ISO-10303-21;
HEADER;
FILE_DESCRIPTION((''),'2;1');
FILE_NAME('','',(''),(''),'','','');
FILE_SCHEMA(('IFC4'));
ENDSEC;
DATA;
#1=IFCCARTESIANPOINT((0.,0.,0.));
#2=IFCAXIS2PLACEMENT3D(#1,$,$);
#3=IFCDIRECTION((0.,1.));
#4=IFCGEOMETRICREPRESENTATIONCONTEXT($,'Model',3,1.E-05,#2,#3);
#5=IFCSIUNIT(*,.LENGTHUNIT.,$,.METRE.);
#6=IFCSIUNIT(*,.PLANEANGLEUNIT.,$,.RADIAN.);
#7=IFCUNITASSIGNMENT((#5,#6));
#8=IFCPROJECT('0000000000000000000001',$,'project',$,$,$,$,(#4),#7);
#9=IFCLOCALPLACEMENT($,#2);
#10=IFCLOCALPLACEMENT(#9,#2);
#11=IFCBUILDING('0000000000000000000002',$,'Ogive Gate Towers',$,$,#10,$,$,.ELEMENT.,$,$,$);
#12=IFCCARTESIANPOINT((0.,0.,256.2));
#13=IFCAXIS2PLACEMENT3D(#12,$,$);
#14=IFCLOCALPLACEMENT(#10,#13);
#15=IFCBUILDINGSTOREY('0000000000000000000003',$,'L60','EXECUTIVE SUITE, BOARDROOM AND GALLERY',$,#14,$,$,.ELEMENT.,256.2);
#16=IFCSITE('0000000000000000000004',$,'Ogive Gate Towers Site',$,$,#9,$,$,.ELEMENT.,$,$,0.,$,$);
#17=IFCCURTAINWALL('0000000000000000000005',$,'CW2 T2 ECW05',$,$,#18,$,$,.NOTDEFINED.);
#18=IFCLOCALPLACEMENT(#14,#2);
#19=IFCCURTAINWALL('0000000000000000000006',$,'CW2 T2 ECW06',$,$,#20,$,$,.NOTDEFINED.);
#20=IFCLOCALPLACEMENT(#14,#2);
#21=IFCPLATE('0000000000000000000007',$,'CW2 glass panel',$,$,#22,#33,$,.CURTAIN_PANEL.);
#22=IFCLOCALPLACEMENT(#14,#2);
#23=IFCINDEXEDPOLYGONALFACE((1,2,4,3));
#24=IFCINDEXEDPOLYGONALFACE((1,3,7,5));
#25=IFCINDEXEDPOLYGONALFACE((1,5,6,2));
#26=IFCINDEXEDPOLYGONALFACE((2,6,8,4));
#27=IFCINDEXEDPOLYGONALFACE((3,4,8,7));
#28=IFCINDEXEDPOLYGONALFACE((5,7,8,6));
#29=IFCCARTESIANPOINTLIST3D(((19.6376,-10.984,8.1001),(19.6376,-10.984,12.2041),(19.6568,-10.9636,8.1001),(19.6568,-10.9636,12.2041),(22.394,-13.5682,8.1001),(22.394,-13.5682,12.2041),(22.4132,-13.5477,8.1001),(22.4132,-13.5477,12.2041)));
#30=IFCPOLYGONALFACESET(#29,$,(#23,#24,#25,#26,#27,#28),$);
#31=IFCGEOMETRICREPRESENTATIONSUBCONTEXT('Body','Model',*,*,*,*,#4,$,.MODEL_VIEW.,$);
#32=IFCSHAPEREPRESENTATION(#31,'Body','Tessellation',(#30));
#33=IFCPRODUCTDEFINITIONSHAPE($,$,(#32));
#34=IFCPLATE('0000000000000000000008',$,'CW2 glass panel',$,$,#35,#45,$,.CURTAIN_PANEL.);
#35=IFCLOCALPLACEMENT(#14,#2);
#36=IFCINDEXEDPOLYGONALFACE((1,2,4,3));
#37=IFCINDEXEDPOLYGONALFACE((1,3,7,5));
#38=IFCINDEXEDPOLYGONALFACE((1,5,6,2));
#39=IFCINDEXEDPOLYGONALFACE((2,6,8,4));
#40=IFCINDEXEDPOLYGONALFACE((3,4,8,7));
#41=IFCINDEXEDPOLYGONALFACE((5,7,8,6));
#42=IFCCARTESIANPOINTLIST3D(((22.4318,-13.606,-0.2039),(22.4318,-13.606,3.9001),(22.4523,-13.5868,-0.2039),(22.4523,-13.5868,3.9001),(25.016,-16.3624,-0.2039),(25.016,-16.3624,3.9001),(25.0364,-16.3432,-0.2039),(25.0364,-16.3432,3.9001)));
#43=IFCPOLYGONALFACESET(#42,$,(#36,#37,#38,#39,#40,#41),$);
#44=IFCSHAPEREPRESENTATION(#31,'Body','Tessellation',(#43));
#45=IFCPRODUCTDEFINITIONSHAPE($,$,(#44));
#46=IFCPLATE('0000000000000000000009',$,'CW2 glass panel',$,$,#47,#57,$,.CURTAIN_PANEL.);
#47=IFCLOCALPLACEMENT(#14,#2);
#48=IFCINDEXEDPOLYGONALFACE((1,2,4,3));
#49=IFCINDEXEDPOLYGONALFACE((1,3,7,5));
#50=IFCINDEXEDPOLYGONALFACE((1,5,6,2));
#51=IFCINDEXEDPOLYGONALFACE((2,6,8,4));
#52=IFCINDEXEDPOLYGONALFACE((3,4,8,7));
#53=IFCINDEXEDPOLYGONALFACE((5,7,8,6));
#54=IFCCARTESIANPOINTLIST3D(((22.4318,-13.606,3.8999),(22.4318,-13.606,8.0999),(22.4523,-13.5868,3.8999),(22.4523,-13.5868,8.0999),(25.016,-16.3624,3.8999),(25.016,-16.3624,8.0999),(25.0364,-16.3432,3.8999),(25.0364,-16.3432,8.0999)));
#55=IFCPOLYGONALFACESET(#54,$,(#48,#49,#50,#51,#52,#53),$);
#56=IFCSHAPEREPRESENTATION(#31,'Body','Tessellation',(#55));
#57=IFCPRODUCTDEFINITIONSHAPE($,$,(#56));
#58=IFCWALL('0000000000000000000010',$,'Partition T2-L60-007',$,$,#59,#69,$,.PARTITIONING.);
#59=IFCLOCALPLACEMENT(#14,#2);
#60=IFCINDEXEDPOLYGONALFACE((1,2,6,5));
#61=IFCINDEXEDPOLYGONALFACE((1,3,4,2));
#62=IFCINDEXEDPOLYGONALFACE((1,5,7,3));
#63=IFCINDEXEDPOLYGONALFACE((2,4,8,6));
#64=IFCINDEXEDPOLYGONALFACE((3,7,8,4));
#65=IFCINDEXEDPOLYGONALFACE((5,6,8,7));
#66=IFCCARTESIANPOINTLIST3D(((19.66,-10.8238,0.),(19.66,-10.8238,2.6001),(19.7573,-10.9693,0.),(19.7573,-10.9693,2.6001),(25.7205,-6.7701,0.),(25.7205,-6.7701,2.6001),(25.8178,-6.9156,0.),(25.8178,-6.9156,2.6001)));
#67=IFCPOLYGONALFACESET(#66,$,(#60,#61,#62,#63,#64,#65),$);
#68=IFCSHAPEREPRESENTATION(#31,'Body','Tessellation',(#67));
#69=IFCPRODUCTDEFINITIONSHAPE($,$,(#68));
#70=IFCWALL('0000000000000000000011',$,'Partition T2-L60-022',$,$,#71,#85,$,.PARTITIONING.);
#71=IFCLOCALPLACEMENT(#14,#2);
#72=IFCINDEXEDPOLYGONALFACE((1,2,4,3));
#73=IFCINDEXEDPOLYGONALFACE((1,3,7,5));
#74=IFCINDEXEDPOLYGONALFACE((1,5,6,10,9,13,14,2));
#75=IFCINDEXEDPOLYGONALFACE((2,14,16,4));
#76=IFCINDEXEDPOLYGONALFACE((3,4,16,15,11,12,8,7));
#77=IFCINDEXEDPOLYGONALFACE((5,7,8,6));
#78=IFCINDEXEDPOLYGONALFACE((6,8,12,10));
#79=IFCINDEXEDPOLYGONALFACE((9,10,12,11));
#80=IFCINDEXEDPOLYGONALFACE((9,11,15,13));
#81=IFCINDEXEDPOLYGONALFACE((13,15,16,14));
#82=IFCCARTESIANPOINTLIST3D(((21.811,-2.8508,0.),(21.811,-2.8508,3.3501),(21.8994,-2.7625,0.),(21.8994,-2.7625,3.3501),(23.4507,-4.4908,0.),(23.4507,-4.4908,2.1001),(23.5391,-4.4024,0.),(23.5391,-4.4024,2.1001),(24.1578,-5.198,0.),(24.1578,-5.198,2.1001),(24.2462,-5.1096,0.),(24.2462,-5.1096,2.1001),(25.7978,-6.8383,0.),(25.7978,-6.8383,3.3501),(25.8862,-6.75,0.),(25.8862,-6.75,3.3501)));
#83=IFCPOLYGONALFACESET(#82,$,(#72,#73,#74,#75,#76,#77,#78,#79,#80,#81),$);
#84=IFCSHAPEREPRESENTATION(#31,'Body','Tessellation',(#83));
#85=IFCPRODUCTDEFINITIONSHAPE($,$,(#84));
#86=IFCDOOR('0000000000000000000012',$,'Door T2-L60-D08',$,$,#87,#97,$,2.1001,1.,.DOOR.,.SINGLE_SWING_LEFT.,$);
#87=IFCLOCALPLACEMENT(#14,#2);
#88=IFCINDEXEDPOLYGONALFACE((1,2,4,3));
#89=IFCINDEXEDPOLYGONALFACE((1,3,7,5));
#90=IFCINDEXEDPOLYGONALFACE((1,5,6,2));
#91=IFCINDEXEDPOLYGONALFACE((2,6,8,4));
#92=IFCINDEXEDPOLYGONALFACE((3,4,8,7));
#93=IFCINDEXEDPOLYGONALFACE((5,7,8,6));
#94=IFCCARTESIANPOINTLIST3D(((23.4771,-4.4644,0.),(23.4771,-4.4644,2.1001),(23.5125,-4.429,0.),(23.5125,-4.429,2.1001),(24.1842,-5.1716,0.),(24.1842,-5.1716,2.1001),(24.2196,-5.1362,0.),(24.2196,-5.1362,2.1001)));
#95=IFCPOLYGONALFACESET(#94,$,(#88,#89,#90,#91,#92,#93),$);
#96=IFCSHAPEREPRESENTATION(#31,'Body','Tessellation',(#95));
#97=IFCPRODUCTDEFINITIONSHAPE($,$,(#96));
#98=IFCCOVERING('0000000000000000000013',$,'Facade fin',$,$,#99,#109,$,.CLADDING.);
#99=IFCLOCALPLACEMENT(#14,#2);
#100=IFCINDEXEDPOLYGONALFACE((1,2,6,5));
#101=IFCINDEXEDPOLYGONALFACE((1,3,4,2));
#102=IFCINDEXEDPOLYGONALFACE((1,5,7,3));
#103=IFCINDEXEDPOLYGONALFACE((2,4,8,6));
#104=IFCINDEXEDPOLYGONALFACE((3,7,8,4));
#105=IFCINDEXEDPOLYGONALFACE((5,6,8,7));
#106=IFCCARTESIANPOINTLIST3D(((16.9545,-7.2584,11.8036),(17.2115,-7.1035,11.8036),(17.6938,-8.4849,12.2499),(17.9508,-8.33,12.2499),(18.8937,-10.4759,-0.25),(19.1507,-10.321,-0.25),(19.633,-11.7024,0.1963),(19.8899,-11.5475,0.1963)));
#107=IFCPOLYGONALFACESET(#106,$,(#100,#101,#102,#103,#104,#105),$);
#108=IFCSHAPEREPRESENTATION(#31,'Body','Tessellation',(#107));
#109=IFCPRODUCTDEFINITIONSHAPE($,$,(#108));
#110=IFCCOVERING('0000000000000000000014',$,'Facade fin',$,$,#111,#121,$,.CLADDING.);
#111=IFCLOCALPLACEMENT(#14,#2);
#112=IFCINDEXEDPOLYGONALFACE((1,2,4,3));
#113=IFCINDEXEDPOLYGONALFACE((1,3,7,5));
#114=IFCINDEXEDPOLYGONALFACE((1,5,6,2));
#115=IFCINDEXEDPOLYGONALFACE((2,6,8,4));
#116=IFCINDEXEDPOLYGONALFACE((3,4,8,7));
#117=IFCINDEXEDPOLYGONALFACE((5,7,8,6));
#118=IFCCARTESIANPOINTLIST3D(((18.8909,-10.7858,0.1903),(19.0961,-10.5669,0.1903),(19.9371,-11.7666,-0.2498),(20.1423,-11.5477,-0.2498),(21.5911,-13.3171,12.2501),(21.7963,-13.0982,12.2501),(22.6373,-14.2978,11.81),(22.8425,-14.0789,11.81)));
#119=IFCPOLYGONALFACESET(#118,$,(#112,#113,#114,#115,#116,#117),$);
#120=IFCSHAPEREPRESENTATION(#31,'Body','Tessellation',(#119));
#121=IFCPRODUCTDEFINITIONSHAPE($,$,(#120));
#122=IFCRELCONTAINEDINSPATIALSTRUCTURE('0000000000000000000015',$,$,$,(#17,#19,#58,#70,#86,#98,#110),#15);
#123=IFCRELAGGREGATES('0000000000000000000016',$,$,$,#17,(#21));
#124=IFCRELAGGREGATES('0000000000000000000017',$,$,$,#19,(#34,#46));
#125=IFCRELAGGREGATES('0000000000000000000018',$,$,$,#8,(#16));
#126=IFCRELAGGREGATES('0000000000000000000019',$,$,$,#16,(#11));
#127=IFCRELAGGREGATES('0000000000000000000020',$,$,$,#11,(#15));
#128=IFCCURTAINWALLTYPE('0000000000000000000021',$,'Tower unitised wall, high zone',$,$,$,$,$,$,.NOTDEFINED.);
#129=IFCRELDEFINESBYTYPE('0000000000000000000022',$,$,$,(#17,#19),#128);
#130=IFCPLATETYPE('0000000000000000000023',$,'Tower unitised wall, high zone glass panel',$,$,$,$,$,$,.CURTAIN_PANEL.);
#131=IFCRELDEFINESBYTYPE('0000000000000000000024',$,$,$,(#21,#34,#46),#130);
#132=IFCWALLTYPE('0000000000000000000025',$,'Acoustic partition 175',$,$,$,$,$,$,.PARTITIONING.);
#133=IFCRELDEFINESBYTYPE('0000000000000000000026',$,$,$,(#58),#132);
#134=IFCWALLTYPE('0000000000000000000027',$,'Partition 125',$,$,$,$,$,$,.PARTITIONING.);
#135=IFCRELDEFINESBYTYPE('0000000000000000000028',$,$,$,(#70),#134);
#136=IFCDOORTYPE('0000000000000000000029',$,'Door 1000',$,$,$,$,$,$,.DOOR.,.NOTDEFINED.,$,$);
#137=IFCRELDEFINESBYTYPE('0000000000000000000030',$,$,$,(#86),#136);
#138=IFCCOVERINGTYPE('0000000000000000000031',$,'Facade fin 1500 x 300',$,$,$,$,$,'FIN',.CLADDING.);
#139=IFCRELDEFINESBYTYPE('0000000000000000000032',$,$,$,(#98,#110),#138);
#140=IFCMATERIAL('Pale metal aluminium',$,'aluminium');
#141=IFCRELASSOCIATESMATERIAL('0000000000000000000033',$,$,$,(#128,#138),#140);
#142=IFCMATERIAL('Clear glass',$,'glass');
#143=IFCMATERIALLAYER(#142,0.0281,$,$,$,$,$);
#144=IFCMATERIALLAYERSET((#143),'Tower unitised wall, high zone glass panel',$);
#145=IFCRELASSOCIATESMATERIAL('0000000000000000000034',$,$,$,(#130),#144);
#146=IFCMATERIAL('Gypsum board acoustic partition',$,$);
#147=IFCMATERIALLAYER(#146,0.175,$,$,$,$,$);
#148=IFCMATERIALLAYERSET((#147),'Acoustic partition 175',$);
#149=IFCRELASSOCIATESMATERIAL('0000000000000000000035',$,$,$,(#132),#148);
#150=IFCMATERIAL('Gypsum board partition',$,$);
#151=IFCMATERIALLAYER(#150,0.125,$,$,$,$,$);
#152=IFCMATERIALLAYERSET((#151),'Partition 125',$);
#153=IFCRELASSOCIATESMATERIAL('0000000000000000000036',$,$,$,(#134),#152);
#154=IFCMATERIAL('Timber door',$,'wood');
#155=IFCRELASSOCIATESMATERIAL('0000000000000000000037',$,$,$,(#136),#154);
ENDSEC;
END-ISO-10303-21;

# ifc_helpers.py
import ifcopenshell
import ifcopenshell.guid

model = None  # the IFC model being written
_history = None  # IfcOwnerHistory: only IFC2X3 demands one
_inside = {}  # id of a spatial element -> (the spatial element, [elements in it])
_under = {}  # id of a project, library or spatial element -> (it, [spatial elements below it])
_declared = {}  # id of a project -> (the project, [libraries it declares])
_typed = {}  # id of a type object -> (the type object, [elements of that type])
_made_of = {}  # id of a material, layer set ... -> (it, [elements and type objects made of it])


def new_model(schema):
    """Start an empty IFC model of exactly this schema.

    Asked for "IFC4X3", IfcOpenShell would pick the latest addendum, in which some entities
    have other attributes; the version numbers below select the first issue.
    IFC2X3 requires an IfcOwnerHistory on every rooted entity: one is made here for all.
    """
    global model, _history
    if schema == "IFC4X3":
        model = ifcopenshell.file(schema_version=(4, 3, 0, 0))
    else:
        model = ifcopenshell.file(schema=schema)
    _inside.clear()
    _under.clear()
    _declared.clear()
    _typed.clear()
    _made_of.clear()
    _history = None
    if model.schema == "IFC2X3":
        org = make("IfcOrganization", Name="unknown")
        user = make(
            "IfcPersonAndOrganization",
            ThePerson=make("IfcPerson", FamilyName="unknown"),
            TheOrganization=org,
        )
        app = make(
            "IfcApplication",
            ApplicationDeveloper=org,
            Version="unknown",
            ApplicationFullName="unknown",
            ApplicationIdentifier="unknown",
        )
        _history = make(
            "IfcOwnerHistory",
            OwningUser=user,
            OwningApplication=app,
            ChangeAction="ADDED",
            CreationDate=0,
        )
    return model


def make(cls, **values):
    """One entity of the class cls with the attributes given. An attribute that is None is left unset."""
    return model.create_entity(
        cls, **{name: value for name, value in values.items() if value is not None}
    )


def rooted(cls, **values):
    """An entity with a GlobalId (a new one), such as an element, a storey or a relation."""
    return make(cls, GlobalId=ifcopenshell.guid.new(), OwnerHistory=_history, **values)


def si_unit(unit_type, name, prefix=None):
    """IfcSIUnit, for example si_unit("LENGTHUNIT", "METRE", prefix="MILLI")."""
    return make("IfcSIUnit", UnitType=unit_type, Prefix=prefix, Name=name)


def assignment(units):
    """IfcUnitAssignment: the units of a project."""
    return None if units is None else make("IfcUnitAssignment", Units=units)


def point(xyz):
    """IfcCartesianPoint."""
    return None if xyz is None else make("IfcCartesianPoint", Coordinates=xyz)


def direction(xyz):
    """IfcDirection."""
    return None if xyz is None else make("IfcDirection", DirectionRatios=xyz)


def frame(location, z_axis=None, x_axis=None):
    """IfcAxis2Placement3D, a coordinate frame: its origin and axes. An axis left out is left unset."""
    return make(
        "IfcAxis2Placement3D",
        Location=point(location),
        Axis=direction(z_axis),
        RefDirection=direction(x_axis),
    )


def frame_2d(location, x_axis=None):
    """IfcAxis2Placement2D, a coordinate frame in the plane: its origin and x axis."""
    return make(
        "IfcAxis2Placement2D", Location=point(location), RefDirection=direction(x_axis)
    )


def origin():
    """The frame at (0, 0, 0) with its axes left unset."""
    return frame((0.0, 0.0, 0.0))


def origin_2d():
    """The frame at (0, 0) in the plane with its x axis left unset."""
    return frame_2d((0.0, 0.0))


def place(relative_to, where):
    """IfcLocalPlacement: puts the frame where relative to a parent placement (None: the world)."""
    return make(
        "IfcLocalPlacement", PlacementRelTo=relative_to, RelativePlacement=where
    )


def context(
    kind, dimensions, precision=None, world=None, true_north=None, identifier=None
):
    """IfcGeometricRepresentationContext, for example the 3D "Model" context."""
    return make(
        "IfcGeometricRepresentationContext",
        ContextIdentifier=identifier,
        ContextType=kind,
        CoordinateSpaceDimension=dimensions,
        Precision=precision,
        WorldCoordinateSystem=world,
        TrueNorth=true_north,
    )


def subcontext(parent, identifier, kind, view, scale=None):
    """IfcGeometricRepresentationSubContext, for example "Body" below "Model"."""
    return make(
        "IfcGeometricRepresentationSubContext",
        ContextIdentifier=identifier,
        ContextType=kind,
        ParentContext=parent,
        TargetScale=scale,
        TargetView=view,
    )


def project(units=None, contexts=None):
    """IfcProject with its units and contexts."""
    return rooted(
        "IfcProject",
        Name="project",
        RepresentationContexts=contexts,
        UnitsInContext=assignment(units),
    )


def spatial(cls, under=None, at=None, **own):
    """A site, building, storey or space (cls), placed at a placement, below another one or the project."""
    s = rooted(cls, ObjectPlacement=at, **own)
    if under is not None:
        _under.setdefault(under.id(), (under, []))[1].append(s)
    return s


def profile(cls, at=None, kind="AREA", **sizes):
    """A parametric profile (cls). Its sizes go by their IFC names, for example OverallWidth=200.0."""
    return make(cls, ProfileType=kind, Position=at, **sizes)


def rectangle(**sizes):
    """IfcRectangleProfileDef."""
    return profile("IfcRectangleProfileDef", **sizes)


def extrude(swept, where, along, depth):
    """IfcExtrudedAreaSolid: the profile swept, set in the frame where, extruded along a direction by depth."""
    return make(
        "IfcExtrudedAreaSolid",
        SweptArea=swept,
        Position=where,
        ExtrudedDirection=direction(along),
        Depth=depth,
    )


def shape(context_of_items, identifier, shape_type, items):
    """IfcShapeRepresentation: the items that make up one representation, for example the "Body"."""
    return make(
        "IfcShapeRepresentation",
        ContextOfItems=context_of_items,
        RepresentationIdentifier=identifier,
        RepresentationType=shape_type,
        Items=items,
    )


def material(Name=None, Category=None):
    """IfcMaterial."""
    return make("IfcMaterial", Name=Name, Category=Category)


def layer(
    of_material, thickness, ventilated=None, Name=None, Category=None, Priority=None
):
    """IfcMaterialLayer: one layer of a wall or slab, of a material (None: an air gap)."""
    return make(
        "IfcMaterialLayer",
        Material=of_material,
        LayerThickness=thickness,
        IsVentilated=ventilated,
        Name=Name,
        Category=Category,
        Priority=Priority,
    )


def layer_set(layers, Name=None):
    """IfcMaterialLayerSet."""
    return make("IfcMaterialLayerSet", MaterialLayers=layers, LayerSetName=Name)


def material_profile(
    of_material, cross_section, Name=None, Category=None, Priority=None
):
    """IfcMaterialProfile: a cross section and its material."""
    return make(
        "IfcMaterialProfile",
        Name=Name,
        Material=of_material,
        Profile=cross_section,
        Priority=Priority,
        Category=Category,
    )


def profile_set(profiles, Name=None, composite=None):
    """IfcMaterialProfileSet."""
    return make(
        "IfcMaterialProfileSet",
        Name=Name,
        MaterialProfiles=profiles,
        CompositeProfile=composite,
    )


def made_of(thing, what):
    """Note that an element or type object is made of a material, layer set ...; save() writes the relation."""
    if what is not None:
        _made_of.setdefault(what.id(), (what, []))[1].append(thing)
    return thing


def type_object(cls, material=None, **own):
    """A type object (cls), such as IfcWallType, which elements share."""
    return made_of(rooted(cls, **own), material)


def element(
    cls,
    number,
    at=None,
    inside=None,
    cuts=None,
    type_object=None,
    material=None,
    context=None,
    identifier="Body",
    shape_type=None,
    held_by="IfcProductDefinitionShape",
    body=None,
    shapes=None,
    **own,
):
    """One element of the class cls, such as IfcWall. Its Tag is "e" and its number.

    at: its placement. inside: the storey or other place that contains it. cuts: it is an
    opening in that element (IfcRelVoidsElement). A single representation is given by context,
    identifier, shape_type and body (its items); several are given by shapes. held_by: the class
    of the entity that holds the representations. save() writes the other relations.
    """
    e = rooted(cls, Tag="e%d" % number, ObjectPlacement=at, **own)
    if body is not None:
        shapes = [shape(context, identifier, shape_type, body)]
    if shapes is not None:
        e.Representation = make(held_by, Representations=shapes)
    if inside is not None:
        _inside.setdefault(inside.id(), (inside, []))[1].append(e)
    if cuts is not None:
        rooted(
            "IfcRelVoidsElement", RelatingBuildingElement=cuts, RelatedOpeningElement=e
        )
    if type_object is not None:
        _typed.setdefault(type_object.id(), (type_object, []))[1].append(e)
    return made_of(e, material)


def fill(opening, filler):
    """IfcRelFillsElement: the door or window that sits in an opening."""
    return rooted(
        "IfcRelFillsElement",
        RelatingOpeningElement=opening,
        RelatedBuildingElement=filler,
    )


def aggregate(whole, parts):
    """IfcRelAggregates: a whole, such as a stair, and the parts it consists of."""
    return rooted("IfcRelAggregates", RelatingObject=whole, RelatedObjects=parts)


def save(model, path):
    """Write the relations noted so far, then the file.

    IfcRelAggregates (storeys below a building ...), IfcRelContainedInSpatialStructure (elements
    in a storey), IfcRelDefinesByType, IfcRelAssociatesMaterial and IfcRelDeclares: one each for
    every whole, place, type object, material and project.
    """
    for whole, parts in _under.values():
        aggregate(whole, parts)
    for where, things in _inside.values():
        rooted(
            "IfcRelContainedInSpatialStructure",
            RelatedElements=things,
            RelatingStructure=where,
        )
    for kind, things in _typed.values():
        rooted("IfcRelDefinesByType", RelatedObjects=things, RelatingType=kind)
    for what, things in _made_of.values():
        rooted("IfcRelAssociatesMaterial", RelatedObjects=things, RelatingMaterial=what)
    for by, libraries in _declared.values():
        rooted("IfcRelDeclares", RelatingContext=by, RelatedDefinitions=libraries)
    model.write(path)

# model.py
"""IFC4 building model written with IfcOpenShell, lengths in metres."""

from ifc_helpers import new_model, si_unit, direction, frame, frame_2d, origin, origin_2d, place, context, subcontext, project, spatial, rectangle, extrude, material, layer, layer_set, material_profile, profile_set, type_object, element, fill, aggregate, save


model = new_model("IFC4")

# Units and contexts
model_context = context("Model", 3, precision=1e-05, world=origin(), true_north=direction((0.0, 1.0)))
body_context = subcontext(model_context, "Body", "Model", "MODEL_VIEW")
ifc_project = project(units=[si_unit("LENGTHUNIT", "METRE"), si_unit("PLANEANGLEUNIT", "RADIAN")], contexts=[model_context])

# Site, building, storey
site_placement = place(None, origin())
site = spatial("IfcSite", under=ifc_project, at=site_placement, Name="Ogive Gate Towers Site", CompositionType="ELEMENT", RefElevation=0.0)
building_placement = place(site_placement, origin())
building = spatial("IfcBuilding", under=site, at=building_placement, Name="Ogive Gate Towers", CompositionType="ELEMENT")
storey_placement = place(building_placement, frame((0.0, 0.0, 256.2)))
storey = spatial("IfcBuildingStorey", under=building, at=storey_placement, Name="L60", Description="EXECUTIVE SUITE, BOARDROOM AND GALLERY", CompositionType="ELEMENT", Elevation=256.2)

# Curtain walls
ifc_material_1 = material(Name="Pale metal aluminium", Category="aluminium")
curtain_wall_type = type_object("IfcCurtainWallType", Name="Tower unitised wall, high zone", PredefinedType="NOTDEFINED", material=ifc_material_1)
curtain_wall_1_placement = place(storey_placement, origin())
curtain_wall_1 = element("IfcCurtainWall", 1, at=curtain_wall_1_placement, inside=storey, type_object=curtain_wall_type, Name="CW2 T2 ECW05", PredefinedType="NOTDEFINED")
curtain_wall_2_placement = place(storey_placement, origin())
curtain_wall_2 = element("IfcCurtainWall", 2, at=curtain_wall_2_placement, inside=storey, type_object=curtain_wall_type, Name="CW2 T2 ECW06", PredefinedType="NOTDEFINED")

# Plates
ifc_material_2 = material(Name="Clear glass", Category="glass")
ifc_layer_1 = layer(ifc_material_2, 0.0281)
ifc_layer_set_1 = layer_set([ifc_layer_1], Name="Tower unitised wall, high zone glass panel")
plate_type = type_object("IfcPlateType", Name="Tower unitised wall, high zone glass panel", PredefinedType="CURTAIN_PANEL", material=ifc_layer_set_1)
plate_1_placement = place(storey_placement, frame((21.0254, -12.2659, 8.1001), z_axis=(0.0, 0.0, 1.0), x_axis=(0.729542, -0.683936, 0.0)))
plate_1 = element("IfcPlate", 3, at=plate_1_placement, type_object=plate_type, Name="CW2 glass panel", PredefinedType="CURTAIN_PANEL", context=body_context, shape_type="SweptSolid", body=[
    extrude(rectangle(XDim=3.7783, YDim=0.0281, at=origin_2d()), origin(), (0.0, 0.0, 1.0), 4.104),
])
aggregate(curtain_wall_1, [plate_1])
plate_2_placement = place(storey_placement, frame((23.7341, -14.9746, -0.2039), z_axis=(0.0, 0.0, 1.0), x_axis=(0.683936, -0.729542, 0.0)))
plate_2 = element("IfcPlate", 4, at=plate_2_placement, type_object=plate_type, Name="CW2 glass panel", PredefinedType="CURTAIN_PANEL", context=body_context, shape_type="SweptSolid", body=[
    extrude(rectangle(XDim=3.7783, YDim=0.0281, at=origin_2d()), origin(), (0.0, 0.0, 1.0), 4.104),
])
plate_3_placement = place(storey_placement, frame((23.7341, -14.9746, 3.8999), z_axis=(0.0, 0.0, 1.0), x_axis=(0.683936, -0.729542, 0.0)))
plate_3 = element("IfcPlate", 5, at=plate_3_placement, type_object=plate_type, Name="CW2 glass panel", PredefinedType="CURTAIN_PANEL", context=body_context, shape_type="SweptSolid", body=[
    extrude(rectangle(XDim=3.7783, YDim=0.0281, at=origin_2d()), origin(), (0.0, 0.0, 1.0), 4.2),
])
aggregate(curtain_wall_2, [plate_2, plate_3])

# Wall
ifc_material_3 = material(Name="Gypsum board acoustic partition")
ifc_layer_2 = layer(ifc_material_3, 0.175)
ifc_layer_set_2 = layer_set([ifc_layer_2], Name="Acoustic partition 175")
wall_type_1 = type_object("IfcWallType", Name="Acoustic partition 175", PredefinedType="PARTITIONING", material=ifc_layer_set_2)
wall_1_placement = place(storey_placement, frame((19.7087, -10.8965, 0.0), z_axis=(0.0, 0.0, 1.0), x_axis=(0.831205, 0.555967, 0.0)))
element("IfcWall", 6, at=wall_1_placement, inside=storey, type_object=wall_type_1, Name="Partition T2-L60-007", PredefinedType="PARTITIONING", context=body_context, shape_type="SweptSolid", body=[
    extrude(rectangle(XDim=7.2913, YDim=0.175, at=frame_2d((3.6455, 0.0))), origin(), (0.0, 0.0, 1.0), 2.6001),
])

# Wall, opening, door
ifc_material_4 = material(Name="Gypsum board partition")
ifc_layer_3 = layer(ifc_material_4, 0.125)
ifc_layer_set_3 = layer_set([ifc_layer_3], Name="Partition 125")
wall_type_2 = type_object("IfcWallType", Name="Partition 125", PredefinedType="PARTITIONING", material=ifc_layer_set_3)
wall_2_placement = place(storey_placement, frame((21.8552, -2.8066, 0.0), z_axis=(0.0, 0.0, 1.0), x_axis=(0.707042, -0.707172, 0.0)))
wall_2 = element("IfcWall", 7, at=wall_2_placement, inside=storey, type_object=wall_type_2, Name="Partition T2-L60-022", PredefinedType="PARTITIONING", context=body_context, shape_type="SweptSolid", body=[
    extrude(rectangle(XDim=5.6387, YDim=0.125, at=frame_2d((2.8193, 0.0))), origin(), (0.0, 0.0, 1.0), 3.3501),
])
opening_placement = place(wall_2_placement, frame((2.3191, 0.0, 0.0)))
opening = element("IfcOpeningElement", 8, at=opening_placement, cuts=wall_2, PredefinedType="OPENING", context=body_context, shape_type="SweptSolid", body=[
    extrude(rectangle(XDim=1.0, YDim=2.1001, at=frame_2d((0.5, 1.05))), frame((0.0, 0.0725, 0.0), z_axis=(0.0, -1.0, 0.0), x_axis=(1.0, 0.0, 0.0)), (0.0, 0.0, 1.0), 0.145),
])
ifc_material_5 = material(Name="Timber door", Category="wood")
door_type = type_object("IfcDoorType", Name="Door 1000", OperationType="NOTDEFINED", PredefinedType="DOOR", material=ifc_material_5)
door_placement = place(opening_placement, origin())
door = element("IfcDoor", 9, at=door_placement, inside=storey, type_object=door_type, Name="Door T2-L60-D08", OperationType="SINGLE_SWING_LEFT", OverallHeight=2.1001, OverallWidth=1.0, PredefinedType="DOOR", context=body_context, shape_type="SweptSolid", body=[
    extrude(rectangle(XDim=1.0, YDim=2.1001, at=frame_2d((0.5, 1.05))), frame((0.0, 0.0249, 0.0), z_axis=(0.0, -1.0, 0.0), x_axis=(1.0, 0.0, 0.0)), (0.0, 0.0, 1.0), 0.05),
])
fill(opening, door)

# Coverings
ifc_material_profile_1 = material_profile(ifc_material_1, rectangle(XDim=0.3, YDim=1.5, at=origin_2d()), Name="1500 x 300 pale metal aluminium")
ifc_profile_set_1 = profile_set([ifc_material_profile_1], Name="Pale metal aluminium")
covering_type = type_object("IfcCoveringType", Name="Facade fin 1500 x 300", ElementType="FIN", PredefinedType="CLADDING", material=ifc_profile_set_1)
covering_1_placement = place(storey_placement, frame((19.3918, -11.0117, -0.0269), z_axis=(-0.153594, 0.254842, 0.954706), x_axis=(-0.856471, -0.516196, 0.0)))
element("IfcCovering", 10, at=covering_1_placement, inside=storey, type_object=covering_type, Name="Facade fin", PredefinedType="CLADDING", context=body_context, shape_type="SweptSolid", body=[
    extrude(rectangle(XDim=0.3, YDim=1.5, at=origin_2d()), origin(), (0.0, 0.0, 1.0), 12.6255),
])
covering_2_placement = place(storey_placement, frame((19.5166, -11.1667, -0.0298), z_axis=(0.214047, -0.200654, 0.955993), x_axis=(0.683915, 0.729562, 0.0)))
element("IfcCovering", 11, at=covering_2_placement, inside=storey, type_object=covering_type, Name="Facade fin", PredefinedType="CLADDING", context=body_context, shape_type="SweptSolid", body=[
    extrude(rectangle(XDim=0.3, YDim=1.5, at=origin_2d()), origin(), (0.0, 0.0, 1.0), 12.615),
])

save(model, "model.ifc")
